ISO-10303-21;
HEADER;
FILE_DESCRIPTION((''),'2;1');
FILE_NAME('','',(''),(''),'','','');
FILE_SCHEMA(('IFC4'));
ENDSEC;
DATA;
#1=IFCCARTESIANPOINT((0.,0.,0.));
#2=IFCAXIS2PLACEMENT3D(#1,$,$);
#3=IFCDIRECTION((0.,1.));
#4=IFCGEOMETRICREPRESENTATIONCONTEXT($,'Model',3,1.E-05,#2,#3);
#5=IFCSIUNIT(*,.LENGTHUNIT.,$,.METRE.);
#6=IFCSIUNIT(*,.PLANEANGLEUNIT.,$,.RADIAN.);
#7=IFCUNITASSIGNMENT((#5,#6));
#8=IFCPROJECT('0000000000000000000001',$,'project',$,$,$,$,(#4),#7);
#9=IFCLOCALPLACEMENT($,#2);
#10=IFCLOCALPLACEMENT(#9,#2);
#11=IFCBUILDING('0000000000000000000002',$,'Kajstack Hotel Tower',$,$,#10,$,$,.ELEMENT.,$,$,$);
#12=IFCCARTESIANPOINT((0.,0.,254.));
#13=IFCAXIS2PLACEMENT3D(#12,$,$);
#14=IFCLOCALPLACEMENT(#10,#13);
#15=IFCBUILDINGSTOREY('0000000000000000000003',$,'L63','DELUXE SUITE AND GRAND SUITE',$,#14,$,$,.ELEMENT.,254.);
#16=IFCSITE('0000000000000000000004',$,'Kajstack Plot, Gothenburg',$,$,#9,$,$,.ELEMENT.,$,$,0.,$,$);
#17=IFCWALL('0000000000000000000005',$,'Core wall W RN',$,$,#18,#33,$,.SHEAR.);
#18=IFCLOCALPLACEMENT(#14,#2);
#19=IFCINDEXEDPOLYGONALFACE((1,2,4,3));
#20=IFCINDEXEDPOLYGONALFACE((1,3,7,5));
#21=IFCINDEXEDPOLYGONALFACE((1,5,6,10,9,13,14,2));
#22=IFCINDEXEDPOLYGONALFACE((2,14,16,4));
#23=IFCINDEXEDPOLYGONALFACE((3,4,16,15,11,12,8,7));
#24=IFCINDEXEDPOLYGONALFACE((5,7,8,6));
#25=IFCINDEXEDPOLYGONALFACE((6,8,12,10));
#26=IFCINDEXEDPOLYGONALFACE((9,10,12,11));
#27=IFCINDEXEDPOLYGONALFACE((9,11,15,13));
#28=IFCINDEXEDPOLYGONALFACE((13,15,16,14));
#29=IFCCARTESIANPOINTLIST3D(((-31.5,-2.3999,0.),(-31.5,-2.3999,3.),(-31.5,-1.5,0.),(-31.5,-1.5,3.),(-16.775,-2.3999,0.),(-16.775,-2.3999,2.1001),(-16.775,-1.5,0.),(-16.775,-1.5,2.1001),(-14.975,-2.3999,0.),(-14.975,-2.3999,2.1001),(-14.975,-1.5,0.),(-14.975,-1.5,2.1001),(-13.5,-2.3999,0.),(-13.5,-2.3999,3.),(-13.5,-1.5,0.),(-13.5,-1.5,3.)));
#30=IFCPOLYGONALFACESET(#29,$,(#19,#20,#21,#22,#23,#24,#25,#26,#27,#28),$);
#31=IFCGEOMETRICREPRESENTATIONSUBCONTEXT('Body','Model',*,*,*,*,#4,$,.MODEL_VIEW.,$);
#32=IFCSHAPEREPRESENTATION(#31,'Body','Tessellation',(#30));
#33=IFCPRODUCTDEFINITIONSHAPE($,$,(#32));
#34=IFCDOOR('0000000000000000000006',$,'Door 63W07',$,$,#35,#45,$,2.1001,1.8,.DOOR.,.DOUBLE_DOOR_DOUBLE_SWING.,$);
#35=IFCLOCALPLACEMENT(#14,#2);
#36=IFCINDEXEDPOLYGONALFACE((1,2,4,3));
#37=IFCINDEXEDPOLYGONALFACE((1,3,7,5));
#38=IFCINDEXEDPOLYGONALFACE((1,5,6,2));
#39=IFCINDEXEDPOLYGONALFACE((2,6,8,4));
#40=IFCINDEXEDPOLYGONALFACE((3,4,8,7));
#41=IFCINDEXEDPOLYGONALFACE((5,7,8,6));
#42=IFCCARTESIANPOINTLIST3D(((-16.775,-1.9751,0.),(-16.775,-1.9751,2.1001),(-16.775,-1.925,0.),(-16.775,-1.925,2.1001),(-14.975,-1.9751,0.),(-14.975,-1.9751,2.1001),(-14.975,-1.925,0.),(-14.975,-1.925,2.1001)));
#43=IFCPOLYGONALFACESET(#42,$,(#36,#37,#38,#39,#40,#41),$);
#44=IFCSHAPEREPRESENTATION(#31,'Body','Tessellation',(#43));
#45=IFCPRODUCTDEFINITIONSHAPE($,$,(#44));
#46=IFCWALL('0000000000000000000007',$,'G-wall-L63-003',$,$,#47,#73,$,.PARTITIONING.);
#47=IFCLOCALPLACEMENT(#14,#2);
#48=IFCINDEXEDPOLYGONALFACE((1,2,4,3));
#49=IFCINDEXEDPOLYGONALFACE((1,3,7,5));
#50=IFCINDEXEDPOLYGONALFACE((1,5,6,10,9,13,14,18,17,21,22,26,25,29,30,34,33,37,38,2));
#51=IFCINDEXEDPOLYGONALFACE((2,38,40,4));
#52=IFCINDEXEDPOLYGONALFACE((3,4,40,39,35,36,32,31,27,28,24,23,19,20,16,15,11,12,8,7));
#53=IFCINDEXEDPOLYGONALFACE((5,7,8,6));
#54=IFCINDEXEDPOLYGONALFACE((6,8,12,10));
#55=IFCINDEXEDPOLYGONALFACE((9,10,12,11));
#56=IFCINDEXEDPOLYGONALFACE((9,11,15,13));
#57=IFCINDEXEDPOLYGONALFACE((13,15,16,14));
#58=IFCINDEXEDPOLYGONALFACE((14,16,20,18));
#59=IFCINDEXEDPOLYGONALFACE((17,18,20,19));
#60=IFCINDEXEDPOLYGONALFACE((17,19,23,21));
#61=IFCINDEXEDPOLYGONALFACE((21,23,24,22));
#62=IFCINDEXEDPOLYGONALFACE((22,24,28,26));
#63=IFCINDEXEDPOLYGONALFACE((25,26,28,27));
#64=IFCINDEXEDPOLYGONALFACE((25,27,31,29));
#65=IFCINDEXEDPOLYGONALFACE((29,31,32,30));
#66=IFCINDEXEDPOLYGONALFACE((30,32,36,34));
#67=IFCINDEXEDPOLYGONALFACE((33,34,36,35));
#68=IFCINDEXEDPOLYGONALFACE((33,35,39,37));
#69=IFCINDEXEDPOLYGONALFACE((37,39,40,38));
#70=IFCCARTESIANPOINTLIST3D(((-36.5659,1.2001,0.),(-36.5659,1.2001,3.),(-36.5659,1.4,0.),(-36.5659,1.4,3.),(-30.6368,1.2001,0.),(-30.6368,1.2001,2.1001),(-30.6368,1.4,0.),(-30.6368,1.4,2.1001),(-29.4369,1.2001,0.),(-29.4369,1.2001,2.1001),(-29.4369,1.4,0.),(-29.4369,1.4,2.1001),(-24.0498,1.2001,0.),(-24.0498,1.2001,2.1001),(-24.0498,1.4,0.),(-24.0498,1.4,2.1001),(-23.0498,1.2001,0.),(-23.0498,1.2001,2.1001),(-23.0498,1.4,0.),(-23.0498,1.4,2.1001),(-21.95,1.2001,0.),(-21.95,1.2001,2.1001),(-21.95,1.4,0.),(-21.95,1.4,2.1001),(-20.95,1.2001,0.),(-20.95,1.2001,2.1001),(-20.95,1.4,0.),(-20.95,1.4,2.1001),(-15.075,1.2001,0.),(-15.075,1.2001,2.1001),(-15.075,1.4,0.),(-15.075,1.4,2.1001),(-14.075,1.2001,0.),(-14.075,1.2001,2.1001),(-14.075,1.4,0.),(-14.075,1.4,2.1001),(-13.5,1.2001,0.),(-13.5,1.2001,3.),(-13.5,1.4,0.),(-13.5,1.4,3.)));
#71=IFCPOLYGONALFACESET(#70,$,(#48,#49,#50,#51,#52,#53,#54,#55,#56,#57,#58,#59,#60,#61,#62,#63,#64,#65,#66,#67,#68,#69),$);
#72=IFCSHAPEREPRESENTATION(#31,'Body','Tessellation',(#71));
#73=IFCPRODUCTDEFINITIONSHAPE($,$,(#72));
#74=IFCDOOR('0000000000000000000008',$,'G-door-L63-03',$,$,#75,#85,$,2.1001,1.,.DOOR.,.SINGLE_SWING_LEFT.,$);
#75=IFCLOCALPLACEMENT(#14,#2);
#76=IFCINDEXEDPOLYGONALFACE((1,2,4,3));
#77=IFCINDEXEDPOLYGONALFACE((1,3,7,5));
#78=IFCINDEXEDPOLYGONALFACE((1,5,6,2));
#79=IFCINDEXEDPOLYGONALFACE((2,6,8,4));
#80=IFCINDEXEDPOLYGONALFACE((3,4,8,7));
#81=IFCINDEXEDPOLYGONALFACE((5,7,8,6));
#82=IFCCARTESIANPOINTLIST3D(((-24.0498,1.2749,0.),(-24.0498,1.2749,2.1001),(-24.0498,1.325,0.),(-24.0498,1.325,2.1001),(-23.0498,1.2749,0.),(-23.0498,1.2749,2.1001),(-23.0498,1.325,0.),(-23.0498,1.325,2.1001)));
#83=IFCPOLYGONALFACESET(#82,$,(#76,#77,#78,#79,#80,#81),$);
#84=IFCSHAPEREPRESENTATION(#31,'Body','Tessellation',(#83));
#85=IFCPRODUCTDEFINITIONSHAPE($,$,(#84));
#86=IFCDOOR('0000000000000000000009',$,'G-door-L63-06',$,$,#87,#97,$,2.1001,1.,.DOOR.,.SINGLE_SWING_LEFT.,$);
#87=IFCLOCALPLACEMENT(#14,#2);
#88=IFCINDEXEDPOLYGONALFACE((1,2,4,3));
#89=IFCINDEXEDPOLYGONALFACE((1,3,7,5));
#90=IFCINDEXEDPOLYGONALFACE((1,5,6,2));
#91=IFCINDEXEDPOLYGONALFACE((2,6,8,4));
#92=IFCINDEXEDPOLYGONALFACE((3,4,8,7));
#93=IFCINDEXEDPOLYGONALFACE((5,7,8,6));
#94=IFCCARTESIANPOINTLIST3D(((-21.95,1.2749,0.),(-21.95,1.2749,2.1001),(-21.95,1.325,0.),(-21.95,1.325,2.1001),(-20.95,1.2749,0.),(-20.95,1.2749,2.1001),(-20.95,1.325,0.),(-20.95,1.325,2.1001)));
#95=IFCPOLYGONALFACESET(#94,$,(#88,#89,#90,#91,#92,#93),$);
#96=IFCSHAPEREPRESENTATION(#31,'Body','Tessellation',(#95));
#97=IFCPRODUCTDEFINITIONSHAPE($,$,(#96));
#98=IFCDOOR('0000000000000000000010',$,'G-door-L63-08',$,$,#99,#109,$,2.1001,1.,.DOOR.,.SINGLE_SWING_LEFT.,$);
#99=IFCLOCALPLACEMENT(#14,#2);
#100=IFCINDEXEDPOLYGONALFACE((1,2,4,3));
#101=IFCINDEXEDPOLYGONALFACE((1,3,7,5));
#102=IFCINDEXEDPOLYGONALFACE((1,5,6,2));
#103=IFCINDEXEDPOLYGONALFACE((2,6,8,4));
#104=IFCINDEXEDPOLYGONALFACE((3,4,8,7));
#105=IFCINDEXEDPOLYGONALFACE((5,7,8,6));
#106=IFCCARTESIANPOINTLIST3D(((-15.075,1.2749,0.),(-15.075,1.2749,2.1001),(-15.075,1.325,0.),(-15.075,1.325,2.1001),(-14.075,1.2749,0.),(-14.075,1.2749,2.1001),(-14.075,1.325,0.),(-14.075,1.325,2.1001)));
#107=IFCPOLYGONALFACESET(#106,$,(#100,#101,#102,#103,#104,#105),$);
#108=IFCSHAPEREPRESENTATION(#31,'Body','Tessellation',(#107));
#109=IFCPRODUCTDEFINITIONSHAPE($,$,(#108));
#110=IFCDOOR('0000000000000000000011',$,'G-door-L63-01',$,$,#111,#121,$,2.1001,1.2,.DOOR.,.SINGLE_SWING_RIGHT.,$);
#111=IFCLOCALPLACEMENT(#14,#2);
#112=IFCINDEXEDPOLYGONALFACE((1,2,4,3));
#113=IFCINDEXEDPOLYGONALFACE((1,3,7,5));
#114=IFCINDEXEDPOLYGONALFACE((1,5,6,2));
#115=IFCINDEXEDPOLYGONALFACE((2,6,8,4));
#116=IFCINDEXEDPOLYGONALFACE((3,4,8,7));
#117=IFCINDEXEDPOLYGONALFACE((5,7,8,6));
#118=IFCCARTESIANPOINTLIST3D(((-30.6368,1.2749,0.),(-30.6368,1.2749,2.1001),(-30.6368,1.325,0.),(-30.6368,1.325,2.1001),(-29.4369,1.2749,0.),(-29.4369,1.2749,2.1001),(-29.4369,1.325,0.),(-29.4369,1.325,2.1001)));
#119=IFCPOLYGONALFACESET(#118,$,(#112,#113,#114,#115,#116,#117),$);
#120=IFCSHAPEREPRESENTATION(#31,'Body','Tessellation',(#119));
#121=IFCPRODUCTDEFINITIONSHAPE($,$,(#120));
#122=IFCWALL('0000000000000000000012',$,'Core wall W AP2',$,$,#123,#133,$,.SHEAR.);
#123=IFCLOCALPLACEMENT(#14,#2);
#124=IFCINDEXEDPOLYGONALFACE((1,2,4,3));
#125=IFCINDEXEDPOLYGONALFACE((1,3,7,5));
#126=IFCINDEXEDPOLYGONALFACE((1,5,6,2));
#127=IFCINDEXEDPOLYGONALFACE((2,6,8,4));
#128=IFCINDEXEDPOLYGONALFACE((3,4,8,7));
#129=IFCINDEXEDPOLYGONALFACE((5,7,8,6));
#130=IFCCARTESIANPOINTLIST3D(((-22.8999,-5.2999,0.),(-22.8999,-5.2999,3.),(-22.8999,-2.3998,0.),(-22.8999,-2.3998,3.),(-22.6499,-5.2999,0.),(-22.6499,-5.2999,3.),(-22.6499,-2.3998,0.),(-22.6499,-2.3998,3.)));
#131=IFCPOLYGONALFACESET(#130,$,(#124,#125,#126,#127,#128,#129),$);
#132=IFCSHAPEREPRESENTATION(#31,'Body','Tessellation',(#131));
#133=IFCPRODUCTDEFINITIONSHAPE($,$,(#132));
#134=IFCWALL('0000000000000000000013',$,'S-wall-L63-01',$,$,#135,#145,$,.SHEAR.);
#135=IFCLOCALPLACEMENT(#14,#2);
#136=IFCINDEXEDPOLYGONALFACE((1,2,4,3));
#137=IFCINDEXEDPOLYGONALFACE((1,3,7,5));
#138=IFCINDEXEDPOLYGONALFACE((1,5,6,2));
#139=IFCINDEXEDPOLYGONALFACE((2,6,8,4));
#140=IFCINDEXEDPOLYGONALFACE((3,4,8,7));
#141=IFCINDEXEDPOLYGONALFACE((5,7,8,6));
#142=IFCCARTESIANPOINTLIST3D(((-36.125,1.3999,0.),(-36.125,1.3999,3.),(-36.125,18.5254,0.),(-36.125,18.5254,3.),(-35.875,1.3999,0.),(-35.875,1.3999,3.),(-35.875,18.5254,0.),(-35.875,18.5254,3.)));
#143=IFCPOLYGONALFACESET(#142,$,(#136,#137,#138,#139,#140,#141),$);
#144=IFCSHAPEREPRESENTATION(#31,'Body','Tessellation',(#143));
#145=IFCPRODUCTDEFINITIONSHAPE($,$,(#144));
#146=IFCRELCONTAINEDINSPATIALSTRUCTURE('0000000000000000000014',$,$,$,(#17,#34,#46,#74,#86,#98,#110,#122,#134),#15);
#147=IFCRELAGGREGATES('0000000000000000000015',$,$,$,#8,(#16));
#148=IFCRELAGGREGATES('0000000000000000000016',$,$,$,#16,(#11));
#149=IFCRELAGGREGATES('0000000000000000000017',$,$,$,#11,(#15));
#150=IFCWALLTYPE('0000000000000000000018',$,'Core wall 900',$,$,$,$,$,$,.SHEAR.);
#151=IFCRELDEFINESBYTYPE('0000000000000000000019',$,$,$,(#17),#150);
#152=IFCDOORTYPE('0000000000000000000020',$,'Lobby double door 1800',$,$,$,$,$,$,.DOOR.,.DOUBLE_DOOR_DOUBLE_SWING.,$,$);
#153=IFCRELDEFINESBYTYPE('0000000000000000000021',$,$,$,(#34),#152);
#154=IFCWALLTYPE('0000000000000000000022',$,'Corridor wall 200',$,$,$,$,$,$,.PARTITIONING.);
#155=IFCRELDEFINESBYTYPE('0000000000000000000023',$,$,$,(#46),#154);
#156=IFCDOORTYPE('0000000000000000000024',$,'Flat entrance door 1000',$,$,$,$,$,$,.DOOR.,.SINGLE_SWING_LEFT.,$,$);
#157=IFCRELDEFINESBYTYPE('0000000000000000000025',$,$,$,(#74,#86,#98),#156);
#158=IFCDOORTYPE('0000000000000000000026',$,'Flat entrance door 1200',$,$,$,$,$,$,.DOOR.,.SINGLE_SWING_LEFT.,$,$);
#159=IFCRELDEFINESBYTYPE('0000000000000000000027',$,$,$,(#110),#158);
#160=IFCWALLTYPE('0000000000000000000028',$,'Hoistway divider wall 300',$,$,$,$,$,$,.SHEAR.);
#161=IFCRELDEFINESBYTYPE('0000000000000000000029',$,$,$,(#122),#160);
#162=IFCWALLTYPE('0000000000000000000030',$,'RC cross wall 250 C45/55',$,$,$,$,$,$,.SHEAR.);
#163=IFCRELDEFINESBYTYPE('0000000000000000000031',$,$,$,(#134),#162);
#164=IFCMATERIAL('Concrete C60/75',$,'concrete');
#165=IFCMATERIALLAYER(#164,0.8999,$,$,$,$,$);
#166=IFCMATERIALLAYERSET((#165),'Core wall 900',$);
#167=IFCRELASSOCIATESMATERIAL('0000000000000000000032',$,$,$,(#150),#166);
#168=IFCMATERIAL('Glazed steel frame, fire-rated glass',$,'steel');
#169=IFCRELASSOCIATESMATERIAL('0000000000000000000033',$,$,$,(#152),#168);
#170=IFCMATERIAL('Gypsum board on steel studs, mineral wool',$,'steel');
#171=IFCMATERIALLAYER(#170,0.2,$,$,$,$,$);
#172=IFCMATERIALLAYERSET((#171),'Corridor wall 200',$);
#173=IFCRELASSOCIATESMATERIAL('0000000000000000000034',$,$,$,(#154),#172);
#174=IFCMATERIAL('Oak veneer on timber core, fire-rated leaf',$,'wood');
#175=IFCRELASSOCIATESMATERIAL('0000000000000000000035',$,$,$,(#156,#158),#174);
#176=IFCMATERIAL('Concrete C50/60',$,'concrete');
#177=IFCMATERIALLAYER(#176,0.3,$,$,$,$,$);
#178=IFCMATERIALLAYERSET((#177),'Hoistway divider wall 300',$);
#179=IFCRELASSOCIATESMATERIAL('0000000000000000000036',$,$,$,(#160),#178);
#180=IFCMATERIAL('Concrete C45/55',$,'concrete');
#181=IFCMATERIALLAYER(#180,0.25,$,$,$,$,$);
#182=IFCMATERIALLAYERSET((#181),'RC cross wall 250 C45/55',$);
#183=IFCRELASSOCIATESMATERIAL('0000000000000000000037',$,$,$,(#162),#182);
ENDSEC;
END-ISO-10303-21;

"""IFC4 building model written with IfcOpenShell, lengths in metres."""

from ifc_helpers import new_model, si_unit, direction, frame, frame_2d, origin, place, context, subcontext, project, spatial, rectangle, extrude, material, layer, layer_set, type_object, element, fill, save


model = new_model("IFC4")

# Units and contexts
model_context = context("Model", 3, precision=1e-05, world=origin(), true_north=direction((0.0, 1.0)))
body_context = subcontext(model_context, "Body", "Model", "MODEL_VIEW")
ifc_project = project(units=[si_unit("LENGTHUNIT", "METRE"), si_unit("PLANEANGLEUNIT", "RADIAN")], contexts=[model_context])

# Site, building, storey
site_placement = place(None, origin())
site = spatial("IfcSite", under=ifc_project, at=site_placement, Name="Kajstack Plot, Gothenburg", CompositionType="ELEMENT", RefElevation=0.0)
building_placement = place(site_placement, origin())
building = spatial("IfcBuilding", under=site, at=building_placement, Name="Kajstack Hotel Tower", CompositionType="ELEMENT")
storey_placement = place(building_placement, frame((0.0, 0.0, 254.0)))
storey = spatial("IfcBuildingStorey", under=building, at=storey_placement, Name="L63", Description="DELUXE SUITE AND GRAND SUITE", CompositionType="ELEMENT", Elevation=254.0)

# Wall, opening, door
ifc_material_1 = material(Name="Concrete C60/75", Category="concrete")
ifc_layer_1 = layer(ifc_material_1, 0.8999)
ifc_layer_set_1 = layer_set([ifc_layer_1], Name="Core wall 900")
wall_type_1 = type_object("IfcWallType", Name="Core wall 900", PredefinedType="SHEAR", material=ifc_layer_set_1)
wall_1_placement = place(storey_placement, frame((-31.5, -1.95, 0.0), z_axis=(0.0, 0.0, 1.0), x_axis=(1.0, 0.0, 0.0)))
wall_1 = element("IfcWall", 1, at=wall_1_placement, inside=storey, type_object=wall_type_1, Name="Core wall W RN", PredefinedType="SHEAR", context=body_context, shape_type="SweptSolid", body=[
    extrude(rectangle(XDim=18.0, YDim=0.8999, at=frame_2d((9.0, 0.0))), origin(), (0.0, 0.0, 1.0), 3.0),
])
opening_1_placement = place(wall_1_placement, frame((14.7251, 0.0, 0.0)))
opening_1 = element("IfcOpeningElement", 2, at=opening_1_placement, cuts=wall_1, PredefinedType="OPENING", context=body_context, shape_type="SweptSolid", body=[
    extrude(rectangle(XDim=1.8, YDim=2.1001, at=frame_2d((0.8999, 1.05))), frame((0.0, 0.46, 0.0), z_axis=(0.0, -1.0, 0.0), x_axis=(1.0, 0.0, 0.0)), (0.0, 0.0, 1.0), 0.9199),
])
ifc_material_2 = material(Name="Glazed steel frame, fire-rated glass", Category="steel")
door_type_1 = type_object("IfcDoorType", Name="Lobby double door 1800", OperationType="DOUBLE_DOOR_DOUBLE_SWING", PredefinedType="DOOR", material=ifc_material_2)
door_1_placement = place(opening_1_placement, origin())
door_1 = element("IfcDoor", 3, at=door_1_placement, inside=storey, type_object=door_type_1, Name="Door 63W07", OperationType="DOUBLE_DOOR_DOUBLE_SWING", OverallHeight=2.1001, OverallWidth=1.8, PredefinedType="DOOR", context=body_context, shape_type="SweptSolid", body=[
    extrude(rectangle(XDim=1.8, YDim=2.1001, at=frame_2d((0.8999, 1.05))), frame((0.0, 0.0249, 0.0), z_axis=(0.0, -1.0, 0.0), x_axis=(1.0, 0.0, 0.0)), (0.0, 0.0, 1.0), 0.05),
])
fill(opening_1, door_1)

# Wall, openings, doors
ifc_material_3 = material(Name="Gypsum board on steel studs, mineral wool", Category="steel")
ifc_layer_2 = layer(ifc_material_3, 0.2)
ifc_layer_set_2 = layer_set([ifc_layer_2], Name="Corridor wall 200")
wall_type_2 = type_object("IfcWallType", Name="Corridor wall 200", PredefinedType="PARTITIONING", material=ifc_layer_set_2)
wall_2_placement = place(storey_placement, frame((-36.5659, 1.3, 0.0), z_axis=(0.0, 0.0, 1.0), x_axis=(1.0, 0.0, 0.0)))
wall_2 = element("IfcWall", 4, at=wall_2_placement, inside=storey, type_object=wall_type_2, Name="G-wall-L63-003", PredefinedType="PARTITIONING", context=body_context, shape_type="SweptSolid", body=[
    extrude(rectangle(XDim=23.0659, YDim=0.2, at=frame_2d((11.533, 0.0))), origin(), (0.0, 0.0, 1.0), 3.0),
])
opening_2_placement = place(wall_2_placement, frame((5.929, 0.0, 0.0)))
opening_2 = element("IfcOpeningElement", 5, at=opening_2_placement, cuts=wall_2, PredefinedType="OPENING", context=body_context, shape_type="SweptSolid", body=[
    extrude(rectangle(XDim=1.2, YDim=2.1001, at=frame_2d((0.6001, 1.05))), frame((0.0, 0.1099, 0.0), z_axis=(0.0, -1.0, 0.0), x_axis=(1.0, 0.0, 0.0)), (0.0, 0.0, 1.0), 0.22),
])
opening_3_placement = place(wall_2_placement, frame((12.5161, 0.0, 0.0)))
opening_3 = element("IfcOpeningElement", 6, at=opening_3_placement, cuts=wall_2, PredefinedType="OPENING", context=body_context, shape_type="SweptSolid", body=[
    extrude(rectangle(XDim=1.0, YDim=2.1001, at=frame_2d((0.5, 1.05))), frame((0.0, 0.1099, 0.0), z_axis=(0.0, -1.0, 0.0), x_axis=(1.0, 0.0, 0.0)), (0.0, 0.0, 1.0), 0.22),
])
opening_4_placement = place(wall_2_placement, frame((14.616, 0.0, 0.0)))
opening_4 = element("IfcOpeningElement", 7, at=opening_4_placement, cuts=wall_2, PredefinedType="OPENING", context=body_context, shape_type="SweptSolid", body=[
    extrude(rectangle(XDim=1.0, YDim=2.1001, at=frame_2d((0.5, 1.05))), frame((0.0, 0.1099, 0.0), z_axis=(0.0, -1.0, 0.0), x_axis=(1.0, 0.0, 0.0)), (0.0, 0.0, 1.0), 0.22),
])
opening_5_placement = place(wall_2_placement, frame((21.491, 0.0, 0.0)))
opening_5 = element("IfcOpeningElement", 8, at=opening_5_placement, cuts=wall_2, PredefinedType="OPENING", context=body_context, shape_type="SweptSolid", body=[
    extrude(rectangle(XDim=1.0, YDim=2.1001, at=frame_2d((0.5, 1.05))), frame((0.0, 0.1099, 0.0), z_axis=(0.0, -1.0, 0.0), x_axis=(1.0, 0.0, 0.0)), (0.0, 0.0, 1.0), 0.22),
])
ifc_material_4 = material(Name="Oak veneer on timber core, fire-rated leaf", Category="wood")
door_type_2 = type_object("IfcDoorType", Name="Flat entrance door 1000", OperationType="SINGLE_SWING_LEFT", PredefinedType="DOOR", material=ifc_material_4)
door_2_placement = place(opening_3_placement, origin())
door_2 = element("IfcDoor", 9, at=door_2_placement, inside=storey, type_object=door_type_2, Name="G-door-L63-03", OperationType="SINGLE_SWING_LEFT", OverallHeight=2.1001, OverallWidth=1.0, PredefinedType="DOOR", context=body_context, shape_type="SweptSolid", body=[
    extrude(rectangle(XDim=1.0, YDim=2.1001, at=frame_2d((0.5, 1.05))), frame((0.0, 0.0249, 0.0), z_axis=(0.0, -1.0, 0.0), x_axis=(1.0, 0.0, 0.0)), (0.0, 0.0, 1.0), 0.05),
])
fill(opening_3, door_2)
door_3_placement = place(opening_4_placement, origin())
door_3 = element("IfcDoor", 10, at=door_3_placement, inside=storey, type_object=door_type_2, Name="G-door-L63-06", OperationType="SINGLE_SWING_LEFT", OverallHeight=2.1001, OverallWidth=1.0, PredefinedType="DOOR", context=body_context, shape_type="SweptSolid", body=[
    extrude(rectangle(XDim=1.0, YDim=2.1001, at=frame_2d((0.5, 1.05))), frame((0.0, 0.0249, 0.0), z_axis=(0.0, -1.0, 0.0), x_axis=(1.0, 0.0, 0.0)), (0.0, 0.0, 1.0), 0.05),
])
fill(opening_4, door_3)
door_4_placement = place(opening_5_placement, origin())
door_4 = element("IfcDoor", 11, at=door_4_placement, inside=storey, type_object=door_type_2, Name="G-door-L63-08", OperationType="SINGLE_SWING_LEFT", OverallHeight=2.1001, OverallWidth=1.0, PredefinedType="DOOR", context=body_context, shape_type="SweptSolid", body=[
    extrude(rectangle(XDim=1.0, YDim=2.1001, at=frame_2d((0.5, 1.05))), frame((0.0, 0.0249, 0.0), z_axis=(0.0, -1.0, 0.0), x_axis=(1.0, 0.0, 0.0)), (0.0, 0.0, 1.0), 0.05),
])
fill(opening_5, door_4)
door_type_3 = type_object("IfcDoorType", Name="Flat entrance door 1200", OperationType="SINGLE_SWING_LEFT", PredefinedType="DOOR", material=ifc_material_4)
door_5_placement = place(opening_2_placement, origin())
door_5 = element("IfcDoor", 12, at=door_5_placement, inside=storey, type_object=door_type_3, Name="G-door-L63-01", OperationType="SINGLE_SWING_RIGHT", OverallHeight=2.1001, OverallWidth=1.2, PredefinedType="DOOR", context=body_context, shape_type="SweptSolid", body=[
    extrude(rectangle(XDim=1.2, YDim=2.1001, at=frame_2d((0.6001, 1.05))), frame((0.0, 0.0249, 0.0), z_axis=(0.0, -1.0, 0.0), x_axis=(1.0, 0.0, 0.0)), (0.0, 0.0, 1.0), 0.05),
])
fill(opening_2, door_5)

# Walls
ifc_material_5 = material(Name="Concrete C50/60", Category="concrete")
ifc_layer_3 = layer(ifc_material_5, 0.3)
ifc_layer_set_3 = layer_set([ifc_layer_3], Name="Hoistway divider wall 300")
wall_type_3 = type_object("IfcWallType", Name="Hoistway divider wall 300", PredefinedType="SHEAR", material=ifc_layer_set_3)
wall_3_placement = place(storey_placement, frame((-22.7749, -5.3, 0.0), z_axis=(0.0, 0.0, 1.0), x_axis=(0.0, 1.0, 0.0)))
element("IfcWall", 13, at=wall_3_placement, inside=storey, type_object=wall_type_3, Name="Core wall W AP2", PredefinedType="SHEAR", context=body_context, shape_type="SweptSolid", body=[
    extrude(rectangle(XDim=2.9001, YDim=0.25, at=frame_2d((1.4502, 0.0))), origin(), (0.0, 0.0, 1.0), 3.0),
])
ifc_material_6 = material(Name="Concrete C45/55", Category="concrete")
ifc_layer_4 = layer(ifc_material_6, 0.25)
ifc_layer_set_4 = layer_set([ifc_layer_4], Name="RC cross wall 250 C45/55")
wall_type_4 = type_object("IfcWallType", Name="RC cross wall 250 C45/55", PredefinedType="SHEAR", material=ifc_layer_set_4)
wall_4_placement = place(storey_placement, frame((-36.0, 1.3999, 0.0), z_axis=(0.0, 0.0, 1.0), x_axis=(0.0, 1.0, 0.0)))
element("IfcWall", 14, at=wall_4_placement, inside=storey, type_object=wall_type_4, Name="S-wall-L63-01", PredefinedType="SHEAR", context=body_context, shape_type="SweptSolid", body=[
    extrude(rectangle(XDim=17.1255, YDim=0.25, at=frame_2d((8.5627, 0.0))), origin(), (0.0, 0.0, 1.0), 3.0),
])

save(model, "model.ifc")
